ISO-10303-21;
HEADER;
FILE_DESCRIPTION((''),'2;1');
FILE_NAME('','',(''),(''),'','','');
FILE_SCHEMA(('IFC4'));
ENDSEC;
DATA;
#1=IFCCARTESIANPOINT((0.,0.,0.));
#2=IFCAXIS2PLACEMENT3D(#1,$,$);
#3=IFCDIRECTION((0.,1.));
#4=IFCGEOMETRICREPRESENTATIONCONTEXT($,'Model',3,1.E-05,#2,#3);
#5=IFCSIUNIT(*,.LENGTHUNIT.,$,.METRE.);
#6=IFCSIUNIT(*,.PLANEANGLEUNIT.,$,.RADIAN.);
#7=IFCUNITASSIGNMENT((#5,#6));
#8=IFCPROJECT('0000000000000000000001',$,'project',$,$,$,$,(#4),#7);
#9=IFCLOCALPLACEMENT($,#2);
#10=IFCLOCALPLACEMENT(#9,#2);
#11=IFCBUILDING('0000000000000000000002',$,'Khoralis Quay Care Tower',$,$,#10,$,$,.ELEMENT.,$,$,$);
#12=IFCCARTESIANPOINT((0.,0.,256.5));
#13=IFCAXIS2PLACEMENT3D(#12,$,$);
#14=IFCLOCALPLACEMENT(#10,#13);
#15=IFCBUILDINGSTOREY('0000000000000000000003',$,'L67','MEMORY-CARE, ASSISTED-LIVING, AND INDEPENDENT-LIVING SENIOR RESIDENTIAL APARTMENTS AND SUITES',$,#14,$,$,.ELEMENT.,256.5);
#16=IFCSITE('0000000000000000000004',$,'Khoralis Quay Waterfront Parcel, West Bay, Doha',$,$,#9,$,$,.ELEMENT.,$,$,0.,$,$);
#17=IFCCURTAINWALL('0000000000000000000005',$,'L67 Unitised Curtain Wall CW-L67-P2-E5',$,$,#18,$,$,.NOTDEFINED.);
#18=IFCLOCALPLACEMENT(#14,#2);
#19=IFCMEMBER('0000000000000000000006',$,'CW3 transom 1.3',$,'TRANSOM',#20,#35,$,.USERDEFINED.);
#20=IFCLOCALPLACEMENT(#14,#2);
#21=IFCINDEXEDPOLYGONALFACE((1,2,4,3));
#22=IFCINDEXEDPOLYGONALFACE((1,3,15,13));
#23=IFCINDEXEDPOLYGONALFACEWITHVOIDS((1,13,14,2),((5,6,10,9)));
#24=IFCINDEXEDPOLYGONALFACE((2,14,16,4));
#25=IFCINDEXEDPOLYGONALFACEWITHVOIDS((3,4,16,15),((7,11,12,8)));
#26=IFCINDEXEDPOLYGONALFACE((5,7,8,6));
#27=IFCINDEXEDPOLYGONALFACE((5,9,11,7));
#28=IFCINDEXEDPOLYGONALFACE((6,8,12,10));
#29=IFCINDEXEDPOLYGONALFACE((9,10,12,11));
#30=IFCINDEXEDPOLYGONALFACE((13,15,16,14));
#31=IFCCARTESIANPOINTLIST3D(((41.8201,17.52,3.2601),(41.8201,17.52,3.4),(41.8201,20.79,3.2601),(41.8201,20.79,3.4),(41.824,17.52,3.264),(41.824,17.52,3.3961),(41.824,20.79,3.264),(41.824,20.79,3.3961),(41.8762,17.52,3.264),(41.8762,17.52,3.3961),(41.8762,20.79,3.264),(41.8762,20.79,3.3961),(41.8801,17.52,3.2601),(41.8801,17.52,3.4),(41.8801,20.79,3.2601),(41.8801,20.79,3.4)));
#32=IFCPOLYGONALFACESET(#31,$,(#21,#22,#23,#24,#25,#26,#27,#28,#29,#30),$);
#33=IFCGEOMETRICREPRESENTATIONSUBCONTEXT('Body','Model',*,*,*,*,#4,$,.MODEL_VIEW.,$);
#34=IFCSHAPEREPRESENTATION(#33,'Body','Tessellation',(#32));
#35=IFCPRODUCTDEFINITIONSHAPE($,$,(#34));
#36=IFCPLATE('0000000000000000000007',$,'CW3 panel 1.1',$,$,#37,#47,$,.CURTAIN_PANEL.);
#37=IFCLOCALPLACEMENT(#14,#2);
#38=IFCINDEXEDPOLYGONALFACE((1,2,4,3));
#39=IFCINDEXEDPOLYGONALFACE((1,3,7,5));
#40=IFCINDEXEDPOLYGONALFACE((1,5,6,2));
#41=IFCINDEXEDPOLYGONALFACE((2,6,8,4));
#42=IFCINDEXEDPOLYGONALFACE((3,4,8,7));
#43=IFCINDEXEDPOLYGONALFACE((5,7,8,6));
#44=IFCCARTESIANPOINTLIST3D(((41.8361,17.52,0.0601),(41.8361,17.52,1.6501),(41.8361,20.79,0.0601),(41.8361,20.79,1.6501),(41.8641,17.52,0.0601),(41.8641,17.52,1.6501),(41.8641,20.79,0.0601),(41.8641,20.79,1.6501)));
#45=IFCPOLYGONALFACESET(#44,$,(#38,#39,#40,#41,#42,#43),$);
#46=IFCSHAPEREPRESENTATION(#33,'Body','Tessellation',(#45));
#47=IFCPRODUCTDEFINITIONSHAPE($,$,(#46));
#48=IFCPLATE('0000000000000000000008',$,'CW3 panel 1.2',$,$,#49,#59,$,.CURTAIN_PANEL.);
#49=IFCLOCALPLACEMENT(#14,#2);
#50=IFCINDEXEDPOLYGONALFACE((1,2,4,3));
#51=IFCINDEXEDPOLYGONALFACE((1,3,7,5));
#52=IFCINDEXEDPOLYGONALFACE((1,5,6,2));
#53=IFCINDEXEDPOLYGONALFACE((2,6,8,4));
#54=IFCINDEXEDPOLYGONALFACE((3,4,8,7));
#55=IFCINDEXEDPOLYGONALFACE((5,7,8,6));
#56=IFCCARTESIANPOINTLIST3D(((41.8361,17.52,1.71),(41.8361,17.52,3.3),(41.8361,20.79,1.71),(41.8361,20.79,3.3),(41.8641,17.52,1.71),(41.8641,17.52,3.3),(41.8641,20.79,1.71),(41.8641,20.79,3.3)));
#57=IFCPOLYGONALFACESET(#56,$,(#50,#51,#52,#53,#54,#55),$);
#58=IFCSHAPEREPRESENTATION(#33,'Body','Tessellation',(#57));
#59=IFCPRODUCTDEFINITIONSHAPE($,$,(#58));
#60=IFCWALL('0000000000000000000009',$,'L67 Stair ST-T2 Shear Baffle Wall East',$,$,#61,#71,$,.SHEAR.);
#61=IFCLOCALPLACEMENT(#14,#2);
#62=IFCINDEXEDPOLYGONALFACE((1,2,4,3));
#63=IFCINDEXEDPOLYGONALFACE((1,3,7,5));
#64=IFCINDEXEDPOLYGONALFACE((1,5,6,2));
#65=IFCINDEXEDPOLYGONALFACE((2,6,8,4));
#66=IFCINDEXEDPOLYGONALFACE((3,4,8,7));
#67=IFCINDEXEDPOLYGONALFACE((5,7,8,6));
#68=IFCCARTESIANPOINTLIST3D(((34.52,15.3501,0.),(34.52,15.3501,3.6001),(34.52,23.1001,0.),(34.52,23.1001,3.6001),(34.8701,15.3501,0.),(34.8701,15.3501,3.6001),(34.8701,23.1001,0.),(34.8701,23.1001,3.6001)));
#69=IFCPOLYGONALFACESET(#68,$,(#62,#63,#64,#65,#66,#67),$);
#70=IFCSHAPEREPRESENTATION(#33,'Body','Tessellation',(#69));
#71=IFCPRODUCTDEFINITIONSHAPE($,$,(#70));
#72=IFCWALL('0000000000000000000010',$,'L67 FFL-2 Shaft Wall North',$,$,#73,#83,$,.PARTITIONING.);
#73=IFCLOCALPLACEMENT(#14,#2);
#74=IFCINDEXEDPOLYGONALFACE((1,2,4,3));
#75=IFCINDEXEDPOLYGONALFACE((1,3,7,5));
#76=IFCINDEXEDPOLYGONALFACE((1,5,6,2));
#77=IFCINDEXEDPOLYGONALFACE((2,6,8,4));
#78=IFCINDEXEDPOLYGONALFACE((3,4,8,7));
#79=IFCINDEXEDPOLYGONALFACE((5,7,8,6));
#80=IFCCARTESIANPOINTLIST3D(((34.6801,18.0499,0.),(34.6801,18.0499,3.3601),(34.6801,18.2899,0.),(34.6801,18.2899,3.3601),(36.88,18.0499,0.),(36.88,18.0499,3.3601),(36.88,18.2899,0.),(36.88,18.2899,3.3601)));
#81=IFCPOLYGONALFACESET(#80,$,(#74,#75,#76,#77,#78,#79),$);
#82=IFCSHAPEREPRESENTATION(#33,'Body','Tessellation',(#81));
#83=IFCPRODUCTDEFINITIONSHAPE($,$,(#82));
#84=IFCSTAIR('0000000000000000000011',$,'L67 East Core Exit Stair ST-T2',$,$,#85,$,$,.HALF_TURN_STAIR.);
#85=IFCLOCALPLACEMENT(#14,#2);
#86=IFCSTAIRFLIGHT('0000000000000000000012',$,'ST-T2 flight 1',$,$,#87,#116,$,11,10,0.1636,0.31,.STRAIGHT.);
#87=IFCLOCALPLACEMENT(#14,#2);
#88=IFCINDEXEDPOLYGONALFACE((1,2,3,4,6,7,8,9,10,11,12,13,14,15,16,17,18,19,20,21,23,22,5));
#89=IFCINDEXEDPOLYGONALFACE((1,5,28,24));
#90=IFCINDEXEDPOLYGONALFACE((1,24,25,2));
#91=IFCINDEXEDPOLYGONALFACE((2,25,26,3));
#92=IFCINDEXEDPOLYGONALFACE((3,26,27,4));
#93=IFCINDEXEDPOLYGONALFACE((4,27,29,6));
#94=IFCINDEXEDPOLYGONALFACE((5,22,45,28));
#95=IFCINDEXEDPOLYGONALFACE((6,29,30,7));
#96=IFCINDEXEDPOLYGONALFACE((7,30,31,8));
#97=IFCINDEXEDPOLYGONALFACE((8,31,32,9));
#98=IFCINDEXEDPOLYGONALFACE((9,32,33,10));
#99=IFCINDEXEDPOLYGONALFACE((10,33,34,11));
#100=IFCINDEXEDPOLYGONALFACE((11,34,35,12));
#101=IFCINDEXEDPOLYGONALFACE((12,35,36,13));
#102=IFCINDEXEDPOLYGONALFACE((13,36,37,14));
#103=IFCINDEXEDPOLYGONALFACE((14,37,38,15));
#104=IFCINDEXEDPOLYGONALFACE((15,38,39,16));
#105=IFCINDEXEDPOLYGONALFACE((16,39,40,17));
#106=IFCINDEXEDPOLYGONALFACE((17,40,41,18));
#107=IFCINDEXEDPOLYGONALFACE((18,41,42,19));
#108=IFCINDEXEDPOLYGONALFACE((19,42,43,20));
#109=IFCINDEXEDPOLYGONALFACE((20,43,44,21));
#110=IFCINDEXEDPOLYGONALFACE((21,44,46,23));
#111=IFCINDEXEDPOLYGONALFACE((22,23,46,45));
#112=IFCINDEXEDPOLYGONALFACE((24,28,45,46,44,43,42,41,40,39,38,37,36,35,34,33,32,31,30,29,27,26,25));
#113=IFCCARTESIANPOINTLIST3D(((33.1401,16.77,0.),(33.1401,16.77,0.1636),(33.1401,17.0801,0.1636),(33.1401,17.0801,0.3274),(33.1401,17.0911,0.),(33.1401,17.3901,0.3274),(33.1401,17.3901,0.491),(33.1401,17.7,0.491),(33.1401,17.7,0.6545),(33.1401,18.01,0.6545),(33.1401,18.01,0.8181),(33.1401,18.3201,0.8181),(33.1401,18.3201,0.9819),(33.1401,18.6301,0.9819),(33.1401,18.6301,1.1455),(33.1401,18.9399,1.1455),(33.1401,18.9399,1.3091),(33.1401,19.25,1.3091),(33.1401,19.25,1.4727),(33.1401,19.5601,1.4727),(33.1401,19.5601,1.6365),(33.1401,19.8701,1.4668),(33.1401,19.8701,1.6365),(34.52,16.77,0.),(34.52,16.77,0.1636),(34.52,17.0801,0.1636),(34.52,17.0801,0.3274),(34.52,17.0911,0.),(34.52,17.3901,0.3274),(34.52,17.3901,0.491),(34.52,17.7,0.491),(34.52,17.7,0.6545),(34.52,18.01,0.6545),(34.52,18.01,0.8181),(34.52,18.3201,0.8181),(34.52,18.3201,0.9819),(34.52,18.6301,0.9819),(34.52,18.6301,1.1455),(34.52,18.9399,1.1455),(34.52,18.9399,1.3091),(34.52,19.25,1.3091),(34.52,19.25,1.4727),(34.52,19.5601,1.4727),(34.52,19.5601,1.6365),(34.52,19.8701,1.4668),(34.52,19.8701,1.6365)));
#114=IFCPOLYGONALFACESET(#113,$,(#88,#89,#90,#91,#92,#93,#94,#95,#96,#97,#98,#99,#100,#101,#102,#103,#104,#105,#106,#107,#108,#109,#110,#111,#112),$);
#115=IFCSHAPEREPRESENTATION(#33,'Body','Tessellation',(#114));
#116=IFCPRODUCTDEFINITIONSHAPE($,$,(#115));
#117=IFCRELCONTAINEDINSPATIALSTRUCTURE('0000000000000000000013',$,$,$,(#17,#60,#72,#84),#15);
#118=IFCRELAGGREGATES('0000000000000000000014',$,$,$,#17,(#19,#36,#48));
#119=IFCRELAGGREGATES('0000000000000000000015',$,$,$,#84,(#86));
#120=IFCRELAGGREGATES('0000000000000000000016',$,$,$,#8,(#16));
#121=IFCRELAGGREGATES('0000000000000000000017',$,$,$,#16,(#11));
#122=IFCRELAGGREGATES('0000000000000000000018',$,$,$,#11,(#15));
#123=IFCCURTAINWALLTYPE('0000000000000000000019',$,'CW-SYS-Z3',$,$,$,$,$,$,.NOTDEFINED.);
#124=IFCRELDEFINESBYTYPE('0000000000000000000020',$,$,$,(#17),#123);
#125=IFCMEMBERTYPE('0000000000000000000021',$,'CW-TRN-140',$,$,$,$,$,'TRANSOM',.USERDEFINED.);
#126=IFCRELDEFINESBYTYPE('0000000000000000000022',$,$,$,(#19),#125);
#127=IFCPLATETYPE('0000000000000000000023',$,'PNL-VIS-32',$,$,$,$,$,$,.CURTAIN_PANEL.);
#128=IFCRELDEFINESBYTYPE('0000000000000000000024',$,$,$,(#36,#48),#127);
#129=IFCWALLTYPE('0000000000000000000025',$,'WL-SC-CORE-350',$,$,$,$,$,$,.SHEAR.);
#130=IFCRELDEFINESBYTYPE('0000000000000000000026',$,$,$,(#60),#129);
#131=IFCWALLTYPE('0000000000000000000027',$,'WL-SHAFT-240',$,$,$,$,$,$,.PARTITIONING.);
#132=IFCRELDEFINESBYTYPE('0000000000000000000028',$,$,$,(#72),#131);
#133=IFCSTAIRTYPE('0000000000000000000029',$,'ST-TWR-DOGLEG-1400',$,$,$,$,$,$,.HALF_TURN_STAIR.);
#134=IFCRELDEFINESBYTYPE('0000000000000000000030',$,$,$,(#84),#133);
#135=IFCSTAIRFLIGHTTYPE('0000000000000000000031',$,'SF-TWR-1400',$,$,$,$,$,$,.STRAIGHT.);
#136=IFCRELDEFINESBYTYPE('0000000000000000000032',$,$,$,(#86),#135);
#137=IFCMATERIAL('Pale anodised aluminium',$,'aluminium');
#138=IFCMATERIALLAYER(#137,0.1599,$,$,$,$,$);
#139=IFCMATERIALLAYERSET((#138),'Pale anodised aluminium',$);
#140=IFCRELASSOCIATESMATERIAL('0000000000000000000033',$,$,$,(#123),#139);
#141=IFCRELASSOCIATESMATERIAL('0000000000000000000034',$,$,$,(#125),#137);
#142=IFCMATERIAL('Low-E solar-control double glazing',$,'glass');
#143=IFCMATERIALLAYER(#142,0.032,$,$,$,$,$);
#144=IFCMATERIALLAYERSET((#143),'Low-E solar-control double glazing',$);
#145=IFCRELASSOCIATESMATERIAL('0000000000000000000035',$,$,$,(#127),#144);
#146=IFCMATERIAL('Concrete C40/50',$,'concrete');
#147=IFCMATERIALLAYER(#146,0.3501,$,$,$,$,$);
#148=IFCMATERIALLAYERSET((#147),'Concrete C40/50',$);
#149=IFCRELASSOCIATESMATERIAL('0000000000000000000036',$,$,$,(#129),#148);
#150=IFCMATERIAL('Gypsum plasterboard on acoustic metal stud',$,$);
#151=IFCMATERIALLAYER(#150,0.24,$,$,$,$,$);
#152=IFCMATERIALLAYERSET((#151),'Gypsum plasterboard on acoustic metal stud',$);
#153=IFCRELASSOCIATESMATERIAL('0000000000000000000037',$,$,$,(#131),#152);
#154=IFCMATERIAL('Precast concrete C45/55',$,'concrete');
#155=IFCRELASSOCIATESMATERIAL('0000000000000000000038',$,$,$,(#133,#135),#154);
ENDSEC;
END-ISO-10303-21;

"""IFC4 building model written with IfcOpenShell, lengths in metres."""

from ifc_helpers import new_model, si_unit, direction, frame, frame_2d, origin, origin_2d, place, context, subcontext, project, spatial, polyline, rectangle, hollow_rectangle, outline, extrude, source, transform, mapped, material, layer, layer_set, material_profile, profile_set, type_object, element, aggregate, save


model = new_model("IFC4")

# Units and contexts
model_context = context("Model", 3, precision=1e-05, world=origin(), true_north=direction((0.0, 1.0)))
body_context = subcontext(model_context, "Body", "Model", "MODEL_VIEW")
ifc_project = project(units=[si_unit("LENGTHUNIT", "METRE"), si_unit("PLANEANGLEUNIT", "RADIAN")], contexts=[model_context])

# Site, building, storey
site_placement = place(None, origin())
site = spatial("IfcSite", under=ifc_project, at=site_placement, Name="Khoralis Quay Waterfront Parcel, West Bay, Doha", CompositionType="ELEMENT", RefElevation=0.0)
building_placement = place(site_placement, origin())
building = spatial("IfcBuilding", under=site, at=building_placement, Name="Khoralis Quay Care Tower", CompositionType="ELEMENT")
storey_placement = place(building_placement, frame((0.0, 0.0, 256.5)))
storey = spatial("IfcBuildingStorey", under=building, at=storey_placement, Name="L67", Description="MEMORY-CARE, ASSISTED-LIVING, AND INDEPENDENT-LIVING SENIOR RESIDENTIAL APARTMENTS AND SUITES", CompositionType="ELEMENT", Elevation=256.5)

# Curtain wall, member, plates
ifc_material_1 = material(Name="Pale anodised aluminium", Category="aluminium")
ifc_layer_1 = layer(ifc_material_1, 0.1599)
ifc_layer_set_1 = layer_set([ifc_layer_1], Name="Pale anodised aluminium")
curtain_wall_type = type_object("IfcCurtainWallType", Name="CW-SYS-Z3", PredefinedType="NOTDEFINED", material=ifc_layer_set_1)
curtain_wall_placement = place(storey_placement, origin())
curtain_wall = element("IfcCurtainWall", 1, at=curtain_wall_placement, inside=storey, type_object=curtain_wall_type, Name="L67 Unitised Curtain Wall CW-L67-P2-E5", PredefinedType="NOTDEFINED")
ifc_material_profile_1 = material_profile(ifc_material_1, hollow_rectangle(XDim=0.0601, YDim=0.1399, WallThickness=0.0039, at=origin_2d()), Name="Pale anodised aluminium")
ifc_profile_set_1 = profile_set([ifc_material_profile_1], Name="Pale anodised aluminium")
member_type_1 = type_object("IfcMemberType", Name="CW-TRN-140", ElementType="TRANSOM", PredefinedType="USERDEFINED", material=ifc_profile_set_1)
shared_shape_1 = source(origin(), body_context, "Body", "SweptSolid", [
    extrude(hollow_rectangle(XDim=0.0601, YDim=0.1399, WallThickness=0.0039, at=origin_2d()), origin(), (0.0, 0.0, 1.0), 3.27),
])
member_1_placement = place(storey_placement, frame((41.8501, 17.52, 3.3301), z_axis=(0.0, 1.0, 0.0), x_axis=(-1.0, 0.0, 0.0)))
member_1 = element("IfcMember", 2, at=member_1_placement, type_object=member_type_1, Name="CW3 transom 1.3", ObjectType="TRANSOM", PredefinedType="USERDEFINED", context=body_context, shape_type="MappedRepresentation", body=[
    mapped(shared_shape_1, transform((0.0, 0.0, 0.0), scale=1.0)),
])
ifc_material_2 = material(Name="Low-E solar-control double glazing", Category="glass")
ifc_layer_2 = layer(ifc_material_2, 0.032)
ifc_layer_set_2 = layer_set([ifc_layer_2], Name="Low-E solar-control double glazing")
plate_type = type_object("IfcPlateType", Name="PNL-VIS-32", PredefinedType="CURTAIN_PANEL", material=ifc_layer_set_2)
shared_shape_2 = source(origin(), body_context, "Body", "SweptSolid", [
    extrude(rectangle(XDim=3.27, YDim=0.0281, at=origin_2d()), origin(), (0.0, 0.0, 1.0), 1.5901),
])
plate_1_placement = place(storey_placement, frame((41.8501, 19.155, 0.0601), z_axis=(0.0, 0.0, 1.0), x_axis=(0.0, 1.0, 0.0)))
plate_1 = element("IfcPlate", 3, at=plate_1_placement, type_object=plate_type, Name="CW3 panel 1.1", PredefinedType="CURTAIN_PANEL", context=body_context, shape_type="MappedRepresentation", body=[
    mapped(shared_shape_2, transform((0.0, 0.0, 0.0), scale=1.0)),
])
plate_2_placement = place(storey_placement, frame((41.8501, 19.155, 1.71), z_axis=(0.0, 0.0, 1.0), x_axis=(0.0, 1.0, 0.0)))
plate_2 = element("IfcPlate", 4, at=plate_2_placement, type_object=plate_type, Name="CW3 panel 1.2", PredefinedType="CURTAIN_PANEL", context=body_context, shape_type="MappedRepresentation", body=[
    mapped(shared_shape_2, transform((0.0, 0.0, 0.0), scale=1.0)),
])
aggregate(curtain_wall, [member_1, plate_1, plate_2])

# Walls
ifc_material_3 = material(Name="Concrete C40/50", Category="concrete")
ifc_layer_3 = layer(ifc_material_3, 0.3501)
ifc_layer_set_3 = layer_set([ifc_layer_3], Name="Concrete C40/50")
wall_type_1 = type_object("IfcWallType", Name="WL-SC-CORE-350", PredefinedType="SHEAR", material=ifc_layer_set_3)
wall_1_placement = place(storey_placement, frame((34.6951, 15.3501, 0.0), z_axis=(0.0, 0.0, 1.0), x_axis=(0.0, 1.0, 0.0)))
element("IfcWall", 5, at=wall_1_placement, inside=storey, type_object=wall_type_1, Name="L67 Stair ST-T2 Shear Baffle Wall East", PredefinedType="SHEAR", context=body_context, shape_type="SweptSolid", body=[
    extrude(rectangle(XDim=7.75, YDim=0.3501, at=frame_2d((3.875, 0.0))), origin(), (0.0, 0.0, 1.0), 3.6001),
])
ifc_material_4 = material(Name="Gypsum plasterboard on acoustic metal stud")
ifc_layer_4 = layer(ifc_material_4, 0.24)
ifc_layer_set_4 = layer_set([ifc_layer_4], Name="Gypsum plasterboard on acoustic metal stud")
wall_type_2 = type_object("IfcWallType", Name="WL-SHAFT-240", PredefinedType="PARTITIONING", material=ifc_layer_set_4)
wall_2_placement = place(storey_placement, frame((34.6799, 18.1699, 0.0), z_axis=(0.0, 0.0, 1.0), x_axis=(1.0, 0.0, 0.0)))
element("IfcWall", 6, at=wall_2_placement, inside=storey, type_object=wall_type_2, Name="L67 FFL-2 Shaft Wall North", PredefinedType="PARTITIONING", context=body_context, shape_type="SweptSolid", body=[
    extrude(rectangle(XDim=2.2, YDim=0.24, at=frame_2d((1.1001, 0.0))), origin(), (0.0, 0.0, 1.0), 3.3601),
])

# Stair, stair flight
ifc_material_5 = material(Name="Precast concrete C45/55", Category="concrete")
stair_type = type_object("IfcStairType", Name="ST-TWR-DOGLEG-1400", PredefinedType="HALF_TURN_STAIR", material=ifc_material_5)
stair_placement = place(storey_placement, origin())
stair = element("IfcStair", 7, at=stair_placement, inside=storey, type_object=stair_type, Name="L67 East Core Exit Stair ST-T2", PredefinedType="HALF_TURN_STAIR")
stair_flight_type = type_object("IfcStairFlightType", Name="SF-TWR-1400", PredefinedType="STRAIGHT", material=ifc_material_5)
shared_shape_3 = source(origin(), body_context, "Body", "SweptSolid", [
    extrude(outline(polyline([(0.0, 0.0), (0.0, 0.1636), (0.3101, 0.1636), (0.3101, 0.3274), (0.6201, 0.3274), (0.6201, 0.491), (0.9299, 0.491), (0.9299, 0.6545), (1.24, 0.6545), (1.24, 0.8181), (1.55, 0.8181), (1.55, 0.9819), (1.8601, 0.9819), (1.8601, 1.1455), (2.1699, 1.1455), (2.1699, 1.3091), (2.48, 1.3091), (2.48, 1.4727), (2.79, 1.4727), (2.79, 1.6365), (3.1001, 1.6365), (3.1001, 1.8), (3.1001, 1.4668), (0.321, 0.0), (0.0, 0.0)])), frame((0.0, 0.6899, 0.0), z_axis=(0.0, -1.0, 0.0), x_axis=(1.0, 0.0, 0.0)), (0.0, 0.0, 1.0), 1.3799),
])
stair_flight_placement = place(storey_placement, frame((33.8301, 16.77, 0.0), z_axis=(0.0, 0.0, 1.0), x_axis=(0.0, 1.0, 0.0)))
stair_flight = element("IfcStairFlight", 8, at=stair_flight_placement, type_object=stair_flight_type, Name="ST-T2 flight 1", NumberOfRisers=11, NumberOfTreads=10, PredefinedType="STRAIGHT", RiserHeight=0.1636, TreadLength=0.31, context=body_context, shape_type="MappedRepresentation", body=[
    mapped(shared_shape_3, transform((0.0, 0.0, 0.0), scale=1.0)),
])
aggregate(stair, [stair_flight])

save(model, "model.ifc")
